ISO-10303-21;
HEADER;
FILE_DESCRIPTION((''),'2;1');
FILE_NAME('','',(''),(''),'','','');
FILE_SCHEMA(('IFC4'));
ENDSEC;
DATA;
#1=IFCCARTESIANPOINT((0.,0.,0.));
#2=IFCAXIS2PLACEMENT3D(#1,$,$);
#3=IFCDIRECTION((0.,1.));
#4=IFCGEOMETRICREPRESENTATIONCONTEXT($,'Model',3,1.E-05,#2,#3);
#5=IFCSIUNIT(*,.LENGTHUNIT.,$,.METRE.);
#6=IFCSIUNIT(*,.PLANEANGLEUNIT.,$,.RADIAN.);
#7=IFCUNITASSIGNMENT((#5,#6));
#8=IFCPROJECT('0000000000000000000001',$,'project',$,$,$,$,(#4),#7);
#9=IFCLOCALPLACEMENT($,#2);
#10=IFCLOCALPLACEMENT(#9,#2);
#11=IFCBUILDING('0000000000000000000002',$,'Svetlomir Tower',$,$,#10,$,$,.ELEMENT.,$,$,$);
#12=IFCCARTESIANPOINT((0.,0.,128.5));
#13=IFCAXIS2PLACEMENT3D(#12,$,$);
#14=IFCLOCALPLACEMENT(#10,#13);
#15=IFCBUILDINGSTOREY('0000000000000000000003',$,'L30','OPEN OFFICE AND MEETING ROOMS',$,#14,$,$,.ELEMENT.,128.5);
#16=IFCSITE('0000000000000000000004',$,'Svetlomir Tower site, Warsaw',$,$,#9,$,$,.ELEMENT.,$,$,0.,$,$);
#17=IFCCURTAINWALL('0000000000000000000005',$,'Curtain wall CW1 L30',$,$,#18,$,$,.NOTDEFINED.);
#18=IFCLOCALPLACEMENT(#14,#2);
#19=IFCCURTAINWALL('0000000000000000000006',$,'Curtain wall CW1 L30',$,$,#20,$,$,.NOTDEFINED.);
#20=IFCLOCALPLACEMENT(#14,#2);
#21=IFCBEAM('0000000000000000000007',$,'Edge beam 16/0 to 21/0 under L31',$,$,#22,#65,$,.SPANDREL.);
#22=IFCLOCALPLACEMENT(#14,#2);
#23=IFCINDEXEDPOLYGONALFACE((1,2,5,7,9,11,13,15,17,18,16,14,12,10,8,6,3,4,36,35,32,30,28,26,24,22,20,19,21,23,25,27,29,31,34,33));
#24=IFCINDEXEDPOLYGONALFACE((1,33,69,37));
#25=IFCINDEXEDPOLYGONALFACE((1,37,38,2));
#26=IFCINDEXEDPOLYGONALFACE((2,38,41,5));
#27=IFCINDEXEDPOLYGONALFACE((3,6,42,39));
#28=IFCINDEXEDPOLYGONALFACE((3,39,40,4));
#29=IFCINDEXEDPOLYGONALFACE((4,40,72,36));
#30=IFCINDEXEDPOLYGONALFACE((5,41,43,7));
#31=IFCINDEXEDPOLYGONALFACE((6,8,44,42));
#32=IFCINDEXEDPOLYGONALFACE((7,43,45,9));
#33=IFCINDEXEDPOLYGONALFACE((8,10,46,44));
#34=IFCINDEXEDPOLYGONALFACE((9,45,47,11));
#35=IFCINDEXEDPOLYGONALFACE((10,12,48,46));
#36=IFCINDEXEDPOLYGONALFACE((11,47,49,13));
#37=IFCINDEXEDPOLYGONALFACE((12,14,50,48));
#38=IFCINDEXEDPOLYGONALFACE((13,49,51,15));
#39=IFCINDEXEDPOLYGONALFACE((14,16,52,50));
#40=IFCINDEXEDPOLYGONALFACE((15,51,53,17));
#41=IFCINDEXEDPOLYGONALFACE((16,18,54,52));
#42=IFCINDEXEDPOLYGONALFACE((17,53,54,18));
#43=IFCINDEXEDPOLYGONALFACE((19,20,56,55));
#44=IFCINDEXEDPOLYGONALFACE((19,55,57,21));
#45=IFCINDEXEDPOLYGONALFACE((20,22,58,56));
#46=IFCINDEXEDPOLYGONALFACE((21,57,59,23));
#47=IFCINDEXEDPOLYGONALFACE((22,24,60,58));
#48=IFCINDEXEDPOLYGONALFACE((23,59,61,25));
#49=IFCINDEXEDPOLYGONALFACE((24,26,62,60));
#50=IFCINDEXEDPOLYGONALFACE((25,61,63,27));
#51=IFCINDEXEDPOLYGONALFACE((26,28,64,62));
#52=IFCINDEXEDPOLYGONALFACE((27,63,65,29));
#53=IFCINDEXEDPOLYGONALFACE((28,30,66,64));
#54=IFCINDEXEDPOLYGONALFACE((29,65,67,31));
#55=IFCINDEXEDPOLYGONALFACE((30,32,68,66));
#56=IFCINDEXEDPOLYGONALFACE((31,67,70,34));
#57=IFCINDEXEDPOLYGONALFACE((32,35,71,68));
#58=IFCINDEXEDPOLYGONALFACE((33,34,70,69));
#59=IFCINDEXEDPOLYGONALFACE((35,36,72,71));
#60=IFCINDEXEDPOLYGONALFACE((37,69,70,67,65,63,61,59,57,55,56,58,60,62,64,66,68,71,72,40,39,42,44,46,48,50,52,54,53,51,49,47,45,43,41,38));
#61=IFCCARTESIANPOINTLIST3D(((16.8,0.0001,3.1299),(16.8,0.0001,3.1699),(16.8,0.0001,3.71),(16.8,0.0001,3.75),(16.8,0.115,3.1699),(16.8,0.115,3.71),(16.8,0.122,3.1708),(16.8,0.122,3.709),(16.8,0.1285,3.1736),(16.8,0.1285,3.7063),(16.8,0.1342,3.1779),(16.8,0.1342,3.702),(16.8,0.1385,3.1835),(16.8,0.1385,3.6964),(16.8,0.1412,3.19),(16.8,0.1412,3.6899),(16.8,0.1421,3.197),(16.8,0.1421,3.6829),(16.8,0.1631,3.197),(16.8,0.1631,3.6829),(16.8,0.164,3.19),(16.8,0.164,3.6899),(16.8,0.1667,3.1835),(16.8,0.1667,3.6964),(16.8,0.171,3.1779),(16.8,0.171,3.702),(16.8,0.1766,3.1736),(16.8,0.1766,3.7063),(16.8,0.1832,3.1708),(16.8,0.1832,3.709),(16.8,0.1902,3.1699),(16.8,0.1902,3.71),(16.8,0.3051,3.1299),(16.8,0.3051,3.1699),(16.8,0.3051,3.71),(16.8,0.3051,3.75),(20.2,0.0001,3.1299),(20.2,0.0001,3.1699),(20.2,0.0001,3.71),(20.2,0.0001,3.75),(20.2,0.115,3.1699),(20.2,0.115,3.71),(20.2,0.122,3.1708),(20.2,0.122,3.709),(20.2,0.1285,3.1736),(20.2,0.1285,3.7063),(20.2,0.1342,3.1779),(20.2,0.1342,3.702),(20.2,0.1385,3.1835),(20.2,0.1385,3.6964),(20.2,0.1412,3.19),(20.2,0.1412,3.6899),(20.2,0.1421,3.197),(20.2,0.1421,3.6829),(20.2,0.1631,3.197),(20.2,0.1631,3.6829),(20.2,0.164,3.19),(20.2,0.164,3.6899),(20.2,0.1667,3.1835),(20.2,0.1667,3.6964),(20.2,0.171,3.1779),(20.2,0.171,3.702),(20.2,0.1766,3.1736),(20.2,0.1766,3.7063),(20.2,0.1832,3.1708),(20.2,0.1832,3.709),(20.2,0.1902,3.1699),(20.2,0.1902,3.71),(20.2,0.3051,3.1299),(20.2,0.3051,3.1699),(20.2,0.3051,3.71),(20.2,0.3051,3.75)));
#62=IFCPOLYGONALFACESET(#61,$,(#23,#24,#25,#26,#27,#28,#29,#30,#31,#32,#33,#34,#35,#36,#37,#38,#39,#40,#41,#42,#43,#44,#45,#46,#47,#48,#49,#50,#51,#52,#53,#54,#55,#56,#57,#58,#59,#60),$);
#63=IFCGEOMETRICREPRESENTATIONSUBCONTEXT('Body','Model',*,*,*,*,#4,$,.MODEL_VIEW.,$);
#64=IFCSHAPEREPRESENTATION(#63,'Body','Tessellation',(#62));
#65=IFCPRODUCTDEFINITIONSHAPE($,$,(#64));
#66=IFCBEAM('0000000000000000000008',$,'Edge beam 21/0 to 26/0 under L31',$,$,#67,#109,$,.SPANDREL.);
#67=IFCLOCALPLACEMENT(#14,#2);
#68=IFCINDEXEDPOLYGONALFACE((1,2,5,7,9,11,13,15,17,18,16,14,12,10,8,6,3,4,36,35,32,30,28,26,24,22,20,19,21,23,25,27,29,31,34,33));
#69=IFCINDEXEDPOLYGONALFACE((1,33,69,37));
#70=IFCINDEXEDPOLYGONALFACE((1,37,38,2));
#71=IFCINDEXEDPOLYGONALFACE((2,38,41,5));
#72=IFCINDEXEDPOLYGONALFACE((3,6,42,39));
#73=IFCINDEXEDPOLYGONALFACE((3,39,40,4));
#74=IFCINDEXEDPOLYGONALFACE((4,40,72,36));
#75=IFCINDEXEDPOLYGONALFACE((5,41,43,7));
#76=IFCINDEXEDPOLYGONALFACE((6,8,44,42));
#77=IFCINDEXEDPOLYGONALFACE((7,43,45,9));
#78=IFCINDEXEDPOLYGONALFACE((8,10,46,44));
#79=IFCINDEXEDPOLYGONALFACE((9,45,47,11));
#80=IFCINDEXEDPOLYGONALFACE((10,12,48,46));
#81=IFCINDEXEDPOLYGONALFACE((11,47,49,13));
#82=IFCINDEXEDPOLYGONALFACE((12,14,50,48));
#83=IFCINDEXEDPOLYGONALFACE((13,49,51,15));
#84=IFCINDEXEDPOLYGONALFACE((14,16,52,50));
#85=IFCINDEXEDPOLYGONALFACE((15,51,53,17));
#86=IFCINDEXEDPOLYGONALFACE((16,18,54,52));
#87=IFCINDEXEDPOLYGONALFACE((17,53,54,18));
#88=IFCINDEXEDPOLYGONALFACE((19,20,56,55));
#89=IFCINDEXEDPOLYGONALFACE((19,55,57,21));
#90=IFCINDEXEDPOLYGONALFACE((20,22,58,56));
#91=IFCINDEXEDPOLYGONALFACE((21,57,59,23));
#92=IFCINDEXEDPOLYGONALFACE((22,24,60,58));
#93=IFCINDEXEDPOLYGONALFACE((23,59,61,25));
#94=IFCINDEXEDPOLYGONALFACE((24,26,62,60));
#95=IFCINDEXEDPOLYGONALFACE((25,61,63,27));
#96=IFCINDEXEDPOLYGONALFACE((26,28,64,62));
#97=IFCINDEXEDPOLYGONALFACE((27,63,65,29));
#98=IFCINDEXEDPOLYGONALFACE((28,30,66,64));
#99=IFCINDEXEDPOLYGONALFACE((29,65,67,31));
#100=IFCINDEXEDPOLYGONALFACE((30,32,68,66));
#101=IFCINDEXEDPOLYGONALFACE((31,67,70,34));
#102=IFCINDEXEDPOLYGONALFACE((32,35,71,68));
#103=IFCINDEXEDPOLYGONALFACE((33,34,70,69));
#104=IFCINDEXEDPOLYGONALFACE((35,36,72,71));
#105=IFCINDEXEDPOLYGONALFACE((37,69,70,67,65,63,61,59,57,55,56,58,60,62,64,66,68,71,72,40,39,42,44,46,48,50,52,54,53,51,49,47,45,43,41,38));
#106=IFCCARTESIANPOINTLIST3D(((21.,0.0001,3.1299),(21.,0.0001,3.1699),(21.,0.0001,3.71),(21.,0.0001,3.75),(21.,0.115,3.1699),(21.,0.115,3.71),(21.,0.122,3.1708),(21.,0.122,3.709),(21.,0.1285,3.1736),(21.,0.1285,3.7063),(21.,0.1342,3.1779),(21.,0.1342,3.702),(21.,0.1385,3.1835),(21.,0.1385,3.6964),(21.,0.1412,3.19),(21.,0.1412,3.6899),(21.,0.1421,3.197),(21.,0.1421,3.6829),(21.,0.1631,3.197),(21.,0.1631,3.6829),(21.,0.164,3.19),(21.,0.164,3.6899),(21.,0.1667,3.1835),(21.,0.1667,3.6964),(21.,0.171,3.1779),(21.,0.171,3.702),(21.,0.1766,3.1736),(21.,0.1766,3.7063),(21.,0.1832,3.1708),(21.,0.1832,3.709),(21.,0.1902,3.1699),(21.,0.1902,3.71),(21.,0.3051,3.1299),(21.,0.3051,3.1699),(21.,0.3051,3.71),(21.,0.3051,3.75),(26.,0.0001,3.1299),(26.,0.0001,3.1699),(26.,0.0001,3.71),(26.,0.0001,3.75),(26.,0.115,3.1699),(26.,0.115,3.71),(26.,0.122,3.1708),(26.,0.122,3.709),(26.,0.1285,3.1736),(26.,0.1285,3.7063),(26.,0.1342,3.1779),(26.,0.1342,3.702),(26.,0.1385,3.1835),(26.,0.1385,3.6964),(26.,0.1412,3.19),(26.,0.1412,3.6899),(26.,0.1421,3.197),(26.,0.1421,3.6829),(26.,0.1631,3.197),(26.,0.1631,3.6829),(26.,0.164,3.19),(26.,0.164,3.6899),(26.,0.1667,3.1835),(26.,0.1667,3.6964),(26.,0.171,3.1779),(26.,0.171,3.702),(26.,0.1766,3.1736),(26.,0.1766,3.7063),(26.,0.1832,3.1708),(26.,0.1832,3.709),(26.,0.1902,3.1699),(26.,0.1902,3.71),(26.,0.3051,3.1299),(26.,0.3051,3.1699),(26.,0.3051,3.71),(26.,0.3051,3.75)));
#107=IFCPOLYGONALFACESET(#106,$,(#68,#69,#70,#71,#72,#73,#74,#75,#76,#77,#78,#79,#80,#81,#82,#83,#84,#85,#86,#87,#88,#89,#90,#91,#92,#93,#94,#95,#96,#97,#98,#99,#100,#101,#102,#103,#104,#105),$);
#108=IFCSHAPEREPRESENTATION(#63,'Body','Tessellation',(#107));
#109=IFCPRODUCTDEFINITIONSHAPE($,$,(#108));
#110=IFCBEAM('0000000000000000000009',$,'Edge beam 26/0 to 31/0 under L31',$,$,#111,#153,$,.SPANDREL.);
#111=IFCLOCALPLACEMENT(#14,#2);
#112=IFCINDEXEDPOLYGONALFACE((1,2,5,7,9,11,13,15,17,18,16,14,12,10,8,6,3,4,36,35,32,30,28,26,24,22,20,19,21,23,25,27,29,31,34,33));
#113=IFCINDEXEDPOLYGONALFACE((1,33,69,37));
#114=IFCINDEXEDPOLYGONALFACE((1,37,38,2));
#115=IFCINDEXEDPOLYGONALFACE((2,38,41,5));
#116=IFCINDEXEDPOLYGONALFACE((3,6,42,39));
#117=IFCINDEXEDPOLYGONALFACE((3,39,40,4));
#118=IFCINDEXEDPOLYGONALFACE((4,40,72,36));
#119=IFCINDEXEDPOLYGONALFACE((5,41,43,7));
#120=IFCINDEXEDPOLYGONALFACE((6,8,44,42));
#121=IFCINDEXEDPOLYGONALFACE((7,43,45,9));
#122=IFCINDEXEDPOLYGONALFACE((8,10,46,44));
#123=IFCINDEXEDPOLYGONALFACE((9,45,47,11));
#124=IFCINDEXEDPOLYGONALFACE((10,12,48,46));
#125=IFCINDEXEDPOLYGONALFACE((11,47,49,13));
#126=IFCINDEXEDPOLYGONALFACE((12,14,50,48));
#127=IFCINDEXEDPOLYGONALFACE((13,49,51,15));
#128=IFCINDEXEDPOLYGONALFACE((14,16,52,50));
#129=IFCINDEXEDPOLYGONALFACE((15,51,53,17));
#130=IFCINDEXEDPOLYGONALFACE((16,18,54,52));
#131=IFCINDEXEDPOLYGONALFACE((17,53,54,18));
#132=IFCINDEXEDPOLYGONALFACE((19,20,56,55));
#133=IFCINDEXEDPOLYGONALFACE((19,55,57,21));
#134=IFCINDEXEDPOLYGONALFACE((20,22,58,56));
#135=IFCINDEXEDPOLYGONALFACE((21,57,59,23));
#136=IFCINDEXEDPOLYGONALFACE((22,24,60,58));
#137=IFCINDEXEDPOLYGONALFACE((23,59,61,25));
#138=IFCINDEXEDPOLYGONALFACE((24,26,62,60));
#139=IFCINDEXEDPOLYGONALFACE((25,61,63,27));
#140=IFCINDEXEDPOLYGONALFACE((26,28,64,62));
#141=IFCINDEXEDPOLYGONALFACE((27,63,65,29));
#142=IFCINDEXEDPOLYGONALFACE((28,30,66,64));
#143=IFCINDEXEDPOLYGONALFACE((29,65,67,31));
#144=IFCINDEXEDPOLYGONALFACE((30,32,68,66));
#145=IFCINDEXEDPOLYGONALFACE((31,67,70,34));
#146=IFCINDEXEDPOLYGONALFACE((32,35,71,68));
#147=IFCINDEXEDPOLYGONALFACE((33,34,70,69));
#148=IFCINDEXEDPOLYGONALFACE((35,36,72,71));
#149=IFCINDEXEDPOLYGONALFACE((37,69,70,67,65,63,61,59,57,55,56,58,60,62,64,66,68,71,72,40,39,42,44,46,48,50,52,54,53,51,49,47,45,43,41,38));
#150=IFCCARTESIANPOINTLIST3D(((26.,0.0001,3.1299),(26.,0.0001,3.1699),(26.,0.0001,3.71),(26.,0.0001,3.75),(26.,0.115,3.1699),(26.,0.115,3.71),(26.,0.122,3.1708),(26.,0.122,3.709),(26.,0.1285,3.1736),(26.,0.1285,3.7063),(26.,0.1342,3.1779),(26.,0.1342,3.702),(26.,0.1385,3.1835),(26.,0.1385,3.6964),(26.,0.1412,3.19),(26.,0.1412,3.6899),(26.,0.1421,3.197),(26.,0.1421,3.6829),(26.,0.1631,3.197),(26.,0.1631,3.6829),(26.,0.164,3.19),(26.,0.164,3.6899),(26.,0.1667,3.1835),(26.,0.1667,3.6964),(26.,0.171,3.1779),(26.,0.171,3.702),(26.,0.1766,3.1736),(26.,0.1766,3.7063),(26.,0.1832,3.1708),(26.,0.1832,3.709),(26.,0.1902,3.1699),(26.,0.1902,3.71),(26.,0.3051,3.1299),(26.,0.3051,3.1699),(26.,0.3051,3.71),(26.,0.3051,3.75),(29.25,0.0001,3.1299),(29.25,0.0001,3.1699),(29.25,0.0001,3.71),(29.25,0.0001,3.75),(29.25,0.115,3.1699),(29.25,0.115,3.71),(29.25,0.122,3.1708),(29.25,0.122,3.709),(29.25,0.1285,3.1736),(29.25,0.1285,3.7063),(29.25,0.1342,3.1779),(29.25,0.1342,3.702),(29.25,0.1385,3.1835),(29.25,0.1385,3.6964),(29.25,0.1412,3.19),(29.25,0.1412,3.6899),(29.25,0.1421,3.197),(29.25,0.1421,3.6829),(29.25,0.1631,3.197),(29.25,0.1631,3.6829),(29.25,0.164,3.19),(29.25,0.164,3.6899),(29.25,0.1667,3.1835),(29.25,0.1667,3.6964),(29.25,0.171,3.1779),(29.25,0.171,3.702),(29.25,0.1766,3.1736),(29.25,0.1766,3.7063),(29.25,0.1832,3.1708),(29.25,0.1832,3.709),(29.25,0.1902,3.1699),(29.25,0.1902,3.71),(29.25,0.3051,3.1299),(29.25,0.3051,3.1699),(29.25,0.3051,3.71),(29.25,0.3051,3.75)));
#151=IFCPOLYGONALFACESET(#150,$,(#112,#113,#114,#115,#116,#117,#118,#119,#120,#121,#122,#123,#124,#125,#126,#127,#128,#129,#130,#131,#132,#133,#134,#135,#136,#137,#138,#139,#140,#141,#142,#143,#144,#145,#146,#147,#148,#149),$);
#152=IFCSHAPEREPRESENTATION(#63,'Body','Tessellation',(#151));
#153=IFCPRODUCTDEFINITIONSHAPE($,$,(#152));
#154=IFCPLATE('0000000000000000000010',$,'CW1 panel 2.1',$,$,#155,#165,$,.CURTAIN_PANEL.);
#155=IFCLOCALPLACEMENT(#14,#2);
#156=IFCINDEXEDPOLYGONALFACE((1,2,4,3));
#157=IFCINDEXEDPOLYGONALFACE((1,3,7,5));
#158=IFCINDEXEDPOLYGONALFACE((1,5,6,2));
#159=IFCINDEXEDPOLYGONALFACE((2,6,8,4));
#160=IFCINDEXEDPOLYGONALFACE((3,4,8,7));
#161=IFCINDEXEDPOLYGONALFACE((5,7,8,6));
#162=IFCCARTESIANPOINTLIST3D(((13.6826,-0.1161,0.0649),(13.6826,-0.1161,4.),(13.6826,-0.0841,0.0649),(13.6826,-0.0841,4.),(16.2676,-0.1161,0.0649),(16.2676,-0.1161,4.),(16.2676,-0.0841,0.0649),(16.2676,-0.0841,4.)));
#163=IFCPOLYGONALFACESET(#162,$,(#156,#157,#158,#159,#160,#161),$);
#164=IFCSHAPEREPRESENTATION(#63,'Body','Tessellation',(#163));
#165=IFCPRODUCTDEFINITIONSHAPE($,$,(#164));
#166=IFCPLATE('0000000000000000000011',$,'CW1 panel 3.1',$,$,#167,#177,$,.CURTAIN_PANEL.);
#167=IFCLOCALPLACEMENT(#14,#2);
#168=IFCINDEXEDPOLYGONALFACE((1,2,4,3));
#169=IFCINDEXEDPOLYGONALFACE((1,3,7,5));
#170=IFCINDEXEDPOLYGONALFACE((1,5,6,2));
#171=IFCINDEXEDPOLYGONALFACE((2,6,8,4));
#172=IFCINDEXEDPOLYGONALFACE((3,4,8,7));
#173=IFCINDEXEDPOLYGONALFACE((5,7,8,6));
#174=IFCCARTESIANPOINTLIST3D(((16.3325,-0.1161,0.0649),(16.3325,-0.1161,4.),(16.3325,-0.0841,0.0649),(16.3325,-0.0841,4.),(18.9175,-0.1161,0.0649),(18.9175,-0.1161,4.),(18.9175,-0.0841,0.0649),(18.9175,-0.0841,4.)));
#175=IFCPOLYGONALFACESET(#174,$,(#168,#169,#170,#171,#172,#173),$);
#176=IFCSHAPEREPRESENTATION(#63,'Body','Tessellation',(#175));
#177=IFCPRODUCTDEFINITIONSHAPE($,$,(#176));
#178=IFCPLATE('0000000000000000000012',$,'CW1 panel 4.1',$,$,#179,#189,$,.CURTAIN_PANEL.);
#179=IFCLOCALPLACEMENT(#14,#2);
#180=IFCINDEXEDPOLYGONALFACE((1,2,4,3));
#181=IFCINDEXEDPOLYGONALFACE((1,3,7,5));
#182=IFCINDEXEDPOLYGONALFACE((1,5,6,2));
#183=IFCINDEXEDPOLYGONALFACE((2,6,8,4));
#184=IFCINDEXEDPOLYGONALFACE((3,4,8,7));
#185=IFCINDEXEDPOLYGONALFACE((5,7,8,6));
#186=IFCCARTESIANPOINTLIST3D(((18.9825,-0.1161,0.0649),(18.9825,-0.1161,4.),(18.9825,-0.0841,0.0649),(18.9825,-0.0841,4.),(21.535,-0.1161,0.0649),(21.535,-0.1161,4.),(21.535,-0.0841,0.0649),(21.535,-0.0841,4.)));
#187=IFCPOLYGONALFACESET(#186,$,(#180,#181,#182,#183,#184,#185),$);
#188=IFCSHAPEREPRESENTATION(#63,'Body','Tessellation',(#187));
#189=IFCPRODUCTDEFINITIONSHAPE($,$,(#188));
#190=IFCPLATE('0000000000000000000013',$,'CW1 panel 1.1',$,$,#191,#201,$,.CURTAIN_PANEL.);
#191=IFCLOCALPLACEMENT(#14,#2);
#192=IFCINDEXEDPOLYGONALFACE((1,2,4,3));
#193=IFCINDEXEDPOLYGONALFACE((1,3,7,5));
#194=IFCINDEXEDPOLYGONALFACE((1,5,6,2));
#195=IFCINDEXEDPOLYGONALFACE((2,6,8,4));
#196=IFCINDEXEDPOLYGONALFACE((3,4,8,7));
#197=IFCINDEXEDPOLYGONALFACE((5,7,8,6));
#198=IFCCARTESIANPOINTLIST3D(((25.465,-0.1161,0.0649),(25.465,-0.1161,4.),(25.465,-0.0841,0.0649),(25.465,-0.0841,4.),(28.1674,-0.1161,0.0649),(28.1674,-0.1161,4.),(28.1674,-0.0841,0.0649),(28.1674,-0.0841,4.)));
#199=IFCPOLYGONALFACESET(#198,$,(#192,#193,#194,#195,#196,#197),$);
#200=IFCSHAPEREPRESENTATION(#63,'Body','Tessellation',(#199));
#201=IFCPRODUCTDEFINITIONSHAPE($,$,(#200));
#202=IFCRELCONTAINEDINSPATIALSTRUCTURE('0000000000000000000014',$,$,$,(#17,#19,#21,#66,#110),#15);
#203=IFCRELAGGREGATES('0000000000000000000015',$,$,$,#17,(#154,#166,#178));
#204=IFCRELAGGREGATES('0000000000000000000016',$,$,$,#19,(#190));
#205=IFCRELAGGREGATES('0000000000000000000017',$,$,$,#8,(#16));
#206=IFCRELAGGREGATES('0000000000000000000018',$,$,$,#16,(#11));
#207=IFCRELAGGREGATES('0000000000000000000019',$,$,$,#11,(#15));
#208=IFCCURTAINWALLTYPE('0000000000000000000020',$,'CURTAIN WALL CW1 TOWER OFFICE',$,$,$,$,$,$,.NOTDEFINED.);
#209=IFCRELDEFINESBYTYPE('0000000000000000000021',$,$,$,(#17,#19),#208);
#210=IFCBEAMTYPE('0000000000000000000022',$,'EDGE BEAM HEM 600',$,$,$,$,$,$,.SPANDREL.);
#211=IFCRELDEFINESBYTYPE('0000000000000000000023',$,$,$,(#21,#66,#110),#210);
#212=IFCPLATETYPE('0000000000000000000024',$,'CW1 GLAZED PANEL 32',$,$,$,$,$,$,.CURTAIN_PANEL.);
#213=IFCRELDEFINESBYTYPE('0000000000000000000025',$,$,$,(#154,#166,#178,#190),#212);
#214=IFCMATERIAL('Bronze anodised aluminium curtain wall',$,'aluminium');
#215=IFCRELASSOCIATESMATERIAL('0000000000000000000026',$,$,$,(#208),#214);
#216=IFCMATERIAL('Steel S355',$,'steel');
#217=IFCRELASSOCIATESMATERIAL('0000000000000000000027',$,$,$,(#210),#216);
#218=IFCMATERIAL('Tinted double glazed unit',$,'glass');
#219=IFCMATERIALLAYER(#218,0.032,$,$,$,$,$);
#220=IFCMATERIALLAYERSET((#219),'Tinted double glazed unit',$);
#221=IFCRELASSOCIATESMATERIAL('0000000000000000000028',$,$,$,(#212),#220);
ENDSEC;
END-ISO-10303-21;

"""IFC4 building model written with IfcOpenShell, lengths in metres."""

from ifc_helpers import new_model, si_unit, direction, frame, origin, origin_2d, place, context, subcontext, project, spatial, rectangle, i_section, extrude, material, layer, layer_set, material_profile, profile_set, type_object, element, aggregate, save


model = new_model("IFC4")

# Units and contexts
model_context = context("Model", 3, precision=1e-05, world=origin(), true_north=direction((0.0, 1.0)))
body_context = subcontext(model_context, "Body", "Model", "MODEL_VIEW")
ifc_project = project(units=[si_unit("LENGTHUNIT", "METRE"), si_unit("PLANEANGLEUNIT", "RADIAN")], contexts=[model_context])

# Site, building, storey
site_placement = place(None, origin())
site = spatial("IfcSite", under=ifc_project, at=site_placement, Name="Svetlomir Tower site, Warsaw", CompositionType="ELEMENT", RefElevation=0.0)
building_placement = place(site_placement, origin())
building = spatial("IfcBuilding", under=site, at=building_placement, Name="Svetlomir Tower", CompositionType="ELEMENT")
storey_placement = place(building_placement, frame((0.0, 0.0, 128.5)))
storey = spatial("IfcBuildingStorey", under=building, at=storey_placement, Name="L30", Description="OPEN OFFICE AND MEETING ROOMS", CompositionType="ELEMENT", Elevation=128.5)

# Curtain walls
ifc_material_1 = material(Name="Bronze anodised aluminium curtain wall", Category="aluminium")
curtain_wall_type = type_object("IfcCurtainWallType", Name="CURTAIN WALL CW1 TOWER OFFICE", PredefinedType="NOTDEFINED", material=ifc_material_1)
curtain_wall_1_placement = place(storey_placement, origin())
curtain_wall_1 = element("IfcCurtainWall", 1, at=curtain_wall_1_placement, inside=storey, type_object=curtain_wall_type, Name="Curtain wall CW1 L30", PredefinedType="NOTDEFINED")
curtain_wall_2_placement = place(storey_placement, origin())
curtain_wall_2 = element("IfcCurtainWall", 2, at=curtain_wall_2_placement, inside=storey, type_object=curtain_wall_type, Name="Curtain wall CW1 L30", PredefinedType="NOTDEFINED")

# Beams
ifc_material_2 = material(Name="Steel S355", Category="steel")
ifc_material_profile_1 = material_profile(ifc_material_2, i_section(OverallWidth=0.3049, OverallDepth=0.6201, WebThickness=0.021, FlangeThickness=0.04, FilletRadius=0.0271, at=origin_2d()), Name="HEM 600")
ifc_profile_set_1 = profile_set([ifc_material_profile_1], Name="Steel S355")
beam_type_1 = type_object("IfcBeamType", Name="EDGE BEAM HEM 600", PredefinedType="SPANDREL", material=ifc_profile_set_1)
beam_1_placement = place(storey_placement, frame((16.8, 0.1526, 3.4399), z_axis=(1.0, 0.0, 0.0), x_axis=(0.0, 1.0, 0.0)))
element("IfcBeam", 3, at=beam_1_placement, inside=storey, type_object=beam_type_1, Name="Edge beam 16/0 to 21/0 under L31", PredefinedType="SPANDREL", context=body_context, shape_type="SweptSolid", body=[
    extrude(i_section(OverallWidth=0.3049, OverallDepth=0.6201, WebThickness=0.021, FlangeThickness=0.04, FilletRadius=0.0271, at=origin_2d()), origin(), (0.0, 0.0, 1.0), 3.3999),
])
beam_2_placement = place(storey_placement, frame((21.0, 0.1526, 3.4399), z_axis=(1.0, 0.0, 0.0), x_axis=(0.0, 1.0, 0.0)))
element("IfcBeam", 4, at=beam_2_placement, inside=storey, type_object=beam_type_1, Name="Edge beam 21/0 to 26/0 under L31", PredefinedType="SPANDREL", context=body_context, shape_type="SweptSolid", body=[
    extrude(i_section(OverallWidth=0.3049, OverallDepth=0.6201, WebThickness=0.021, FlangeThickness=0.04, FilletRadius=0.0271, at=origin_2d()), origin(), (0.0, 0.0, 1.0), 5.0),
])
beam_3_placement = place(storey_placement, frame((26.0, 0.1526, 3.4399), z_axis=(1.0, 0.0, 0.0), x_axis=(0.0, 1.0, 0.0)))
element("IfcBeam", 5, at=beam_3_placement, inside=storey, type_object=beam_type_1, Name="Edge beam 26/0 to 31/0 under L31", PredefinedType="SPANDREL", context=body_context, shape_type="SweptSolid", body=[
    extrude(i_section(OverallWidth=0.3049, OverallDepth=0.6201, WebThickness=0.021, FlangeThickness=0.04, FilletRadius=0.0271, at=origin_2d()), origin(), (0.0, 0.0, 1.0), 3.25),
])

# Plates
ifc_material_3 = material(Name="Tinted double glazed unit", Category="glass")
ifc_layer_1 = layer(ifc_material_3, 0.032)
ifc_layer_set_1 = layer_set([ifc_layer_1], Name="Tinted double glazed unit")
plate_type = type_object("IfcPlateType", Name="CW1 GLAZED PANEL 32", PredefinedType="CURTAIN_PANEL", material=ifc_layer_set_1)
plate_1_placement = place(storey_placement, frame((14.9751, -0.1001, 0.0649), z_axis=(0.0, 0.0, 1.0), x_axis=(1.0, 0.0, 0.0)))
plate_1 = element("IfcPlate", 6, at=plate_1_placement, type_object=plate_type, Name="CW1 panel 2.1", PredefinedType="CURTAIN_PANEL", context=body_context, shape_type="SweptSolid", body=[
    extrude(rectangle(XDim=2.585, YDim=0.032, at=origin_2d()), origin(), (0.0, 0.0, 1.0), 3.9351),
])
plate_2_placement = place(storey_placement, frame((17.625, -0.1001, 0.0649), z_axis=(0.0, 0.0, 1.0), x_axis=(1.0, 0.0, 0.0)))
plate_2 = element("IfcPlate", 7, at=plate_2_placement, type_object=plate_type, Name="CW1 panel 3.1", PredefinedType="CURTAIN_PANEL", context=body_context, shape_type="SweptSolid", body=[
    extrude(rectangle(XDim=2.585, YDim=0.032, at=origin_2d()), origin(), (0.0, 0.0, 1.0), 3.9351),
])
plate_3_placement = place(storey_placement, frame((20.2588, -0.1001, 0.0649), z_axis=(0.0, 0.0, 1.0), x_axis=(1.0, 0.0, 0.0)))
plate_3 = element("IfcPlate", 8, at=plate_3_placement, type_object=plate_type, Name="CW1 panel 4.1", PredefinedType="CURTAIN_PANEL", context=body_context, shape_type="SweptSolid", body=[
    extrude(rectangle(XDim=2.5525, YDim=0.032, at=origin_2d()), origin(), (0.0, 0.0, 1.0), 3.9351),
])
aggregate(curtain_wall_1, [plate_1, plate_2, plate_3])
plate_4_placement = place(storey_placement, frame((26.8162, -0.1001, 0.0649), z_axis=(0.0, 0.0, 1.0), x_axis=(1.0, 0.0, 0.0)))
plate_4 = element("IfcPlate", 9, at=plate_4_placement, type_object=plate_type, Name="CW1 panel 1.1", PredefinedType="CURTAIN_PANEL", context=body_context, shape_type="SweptSolid", body=[
    extrude(rectangle(XDim=2.7024, YDim=0.032, at=origin_2d()), origin(), (0.0, 0.0, 1.0), 3.9351),
])
aggregate(curtain_wall_2, [plate_4])

save(model, "model.ifc")
